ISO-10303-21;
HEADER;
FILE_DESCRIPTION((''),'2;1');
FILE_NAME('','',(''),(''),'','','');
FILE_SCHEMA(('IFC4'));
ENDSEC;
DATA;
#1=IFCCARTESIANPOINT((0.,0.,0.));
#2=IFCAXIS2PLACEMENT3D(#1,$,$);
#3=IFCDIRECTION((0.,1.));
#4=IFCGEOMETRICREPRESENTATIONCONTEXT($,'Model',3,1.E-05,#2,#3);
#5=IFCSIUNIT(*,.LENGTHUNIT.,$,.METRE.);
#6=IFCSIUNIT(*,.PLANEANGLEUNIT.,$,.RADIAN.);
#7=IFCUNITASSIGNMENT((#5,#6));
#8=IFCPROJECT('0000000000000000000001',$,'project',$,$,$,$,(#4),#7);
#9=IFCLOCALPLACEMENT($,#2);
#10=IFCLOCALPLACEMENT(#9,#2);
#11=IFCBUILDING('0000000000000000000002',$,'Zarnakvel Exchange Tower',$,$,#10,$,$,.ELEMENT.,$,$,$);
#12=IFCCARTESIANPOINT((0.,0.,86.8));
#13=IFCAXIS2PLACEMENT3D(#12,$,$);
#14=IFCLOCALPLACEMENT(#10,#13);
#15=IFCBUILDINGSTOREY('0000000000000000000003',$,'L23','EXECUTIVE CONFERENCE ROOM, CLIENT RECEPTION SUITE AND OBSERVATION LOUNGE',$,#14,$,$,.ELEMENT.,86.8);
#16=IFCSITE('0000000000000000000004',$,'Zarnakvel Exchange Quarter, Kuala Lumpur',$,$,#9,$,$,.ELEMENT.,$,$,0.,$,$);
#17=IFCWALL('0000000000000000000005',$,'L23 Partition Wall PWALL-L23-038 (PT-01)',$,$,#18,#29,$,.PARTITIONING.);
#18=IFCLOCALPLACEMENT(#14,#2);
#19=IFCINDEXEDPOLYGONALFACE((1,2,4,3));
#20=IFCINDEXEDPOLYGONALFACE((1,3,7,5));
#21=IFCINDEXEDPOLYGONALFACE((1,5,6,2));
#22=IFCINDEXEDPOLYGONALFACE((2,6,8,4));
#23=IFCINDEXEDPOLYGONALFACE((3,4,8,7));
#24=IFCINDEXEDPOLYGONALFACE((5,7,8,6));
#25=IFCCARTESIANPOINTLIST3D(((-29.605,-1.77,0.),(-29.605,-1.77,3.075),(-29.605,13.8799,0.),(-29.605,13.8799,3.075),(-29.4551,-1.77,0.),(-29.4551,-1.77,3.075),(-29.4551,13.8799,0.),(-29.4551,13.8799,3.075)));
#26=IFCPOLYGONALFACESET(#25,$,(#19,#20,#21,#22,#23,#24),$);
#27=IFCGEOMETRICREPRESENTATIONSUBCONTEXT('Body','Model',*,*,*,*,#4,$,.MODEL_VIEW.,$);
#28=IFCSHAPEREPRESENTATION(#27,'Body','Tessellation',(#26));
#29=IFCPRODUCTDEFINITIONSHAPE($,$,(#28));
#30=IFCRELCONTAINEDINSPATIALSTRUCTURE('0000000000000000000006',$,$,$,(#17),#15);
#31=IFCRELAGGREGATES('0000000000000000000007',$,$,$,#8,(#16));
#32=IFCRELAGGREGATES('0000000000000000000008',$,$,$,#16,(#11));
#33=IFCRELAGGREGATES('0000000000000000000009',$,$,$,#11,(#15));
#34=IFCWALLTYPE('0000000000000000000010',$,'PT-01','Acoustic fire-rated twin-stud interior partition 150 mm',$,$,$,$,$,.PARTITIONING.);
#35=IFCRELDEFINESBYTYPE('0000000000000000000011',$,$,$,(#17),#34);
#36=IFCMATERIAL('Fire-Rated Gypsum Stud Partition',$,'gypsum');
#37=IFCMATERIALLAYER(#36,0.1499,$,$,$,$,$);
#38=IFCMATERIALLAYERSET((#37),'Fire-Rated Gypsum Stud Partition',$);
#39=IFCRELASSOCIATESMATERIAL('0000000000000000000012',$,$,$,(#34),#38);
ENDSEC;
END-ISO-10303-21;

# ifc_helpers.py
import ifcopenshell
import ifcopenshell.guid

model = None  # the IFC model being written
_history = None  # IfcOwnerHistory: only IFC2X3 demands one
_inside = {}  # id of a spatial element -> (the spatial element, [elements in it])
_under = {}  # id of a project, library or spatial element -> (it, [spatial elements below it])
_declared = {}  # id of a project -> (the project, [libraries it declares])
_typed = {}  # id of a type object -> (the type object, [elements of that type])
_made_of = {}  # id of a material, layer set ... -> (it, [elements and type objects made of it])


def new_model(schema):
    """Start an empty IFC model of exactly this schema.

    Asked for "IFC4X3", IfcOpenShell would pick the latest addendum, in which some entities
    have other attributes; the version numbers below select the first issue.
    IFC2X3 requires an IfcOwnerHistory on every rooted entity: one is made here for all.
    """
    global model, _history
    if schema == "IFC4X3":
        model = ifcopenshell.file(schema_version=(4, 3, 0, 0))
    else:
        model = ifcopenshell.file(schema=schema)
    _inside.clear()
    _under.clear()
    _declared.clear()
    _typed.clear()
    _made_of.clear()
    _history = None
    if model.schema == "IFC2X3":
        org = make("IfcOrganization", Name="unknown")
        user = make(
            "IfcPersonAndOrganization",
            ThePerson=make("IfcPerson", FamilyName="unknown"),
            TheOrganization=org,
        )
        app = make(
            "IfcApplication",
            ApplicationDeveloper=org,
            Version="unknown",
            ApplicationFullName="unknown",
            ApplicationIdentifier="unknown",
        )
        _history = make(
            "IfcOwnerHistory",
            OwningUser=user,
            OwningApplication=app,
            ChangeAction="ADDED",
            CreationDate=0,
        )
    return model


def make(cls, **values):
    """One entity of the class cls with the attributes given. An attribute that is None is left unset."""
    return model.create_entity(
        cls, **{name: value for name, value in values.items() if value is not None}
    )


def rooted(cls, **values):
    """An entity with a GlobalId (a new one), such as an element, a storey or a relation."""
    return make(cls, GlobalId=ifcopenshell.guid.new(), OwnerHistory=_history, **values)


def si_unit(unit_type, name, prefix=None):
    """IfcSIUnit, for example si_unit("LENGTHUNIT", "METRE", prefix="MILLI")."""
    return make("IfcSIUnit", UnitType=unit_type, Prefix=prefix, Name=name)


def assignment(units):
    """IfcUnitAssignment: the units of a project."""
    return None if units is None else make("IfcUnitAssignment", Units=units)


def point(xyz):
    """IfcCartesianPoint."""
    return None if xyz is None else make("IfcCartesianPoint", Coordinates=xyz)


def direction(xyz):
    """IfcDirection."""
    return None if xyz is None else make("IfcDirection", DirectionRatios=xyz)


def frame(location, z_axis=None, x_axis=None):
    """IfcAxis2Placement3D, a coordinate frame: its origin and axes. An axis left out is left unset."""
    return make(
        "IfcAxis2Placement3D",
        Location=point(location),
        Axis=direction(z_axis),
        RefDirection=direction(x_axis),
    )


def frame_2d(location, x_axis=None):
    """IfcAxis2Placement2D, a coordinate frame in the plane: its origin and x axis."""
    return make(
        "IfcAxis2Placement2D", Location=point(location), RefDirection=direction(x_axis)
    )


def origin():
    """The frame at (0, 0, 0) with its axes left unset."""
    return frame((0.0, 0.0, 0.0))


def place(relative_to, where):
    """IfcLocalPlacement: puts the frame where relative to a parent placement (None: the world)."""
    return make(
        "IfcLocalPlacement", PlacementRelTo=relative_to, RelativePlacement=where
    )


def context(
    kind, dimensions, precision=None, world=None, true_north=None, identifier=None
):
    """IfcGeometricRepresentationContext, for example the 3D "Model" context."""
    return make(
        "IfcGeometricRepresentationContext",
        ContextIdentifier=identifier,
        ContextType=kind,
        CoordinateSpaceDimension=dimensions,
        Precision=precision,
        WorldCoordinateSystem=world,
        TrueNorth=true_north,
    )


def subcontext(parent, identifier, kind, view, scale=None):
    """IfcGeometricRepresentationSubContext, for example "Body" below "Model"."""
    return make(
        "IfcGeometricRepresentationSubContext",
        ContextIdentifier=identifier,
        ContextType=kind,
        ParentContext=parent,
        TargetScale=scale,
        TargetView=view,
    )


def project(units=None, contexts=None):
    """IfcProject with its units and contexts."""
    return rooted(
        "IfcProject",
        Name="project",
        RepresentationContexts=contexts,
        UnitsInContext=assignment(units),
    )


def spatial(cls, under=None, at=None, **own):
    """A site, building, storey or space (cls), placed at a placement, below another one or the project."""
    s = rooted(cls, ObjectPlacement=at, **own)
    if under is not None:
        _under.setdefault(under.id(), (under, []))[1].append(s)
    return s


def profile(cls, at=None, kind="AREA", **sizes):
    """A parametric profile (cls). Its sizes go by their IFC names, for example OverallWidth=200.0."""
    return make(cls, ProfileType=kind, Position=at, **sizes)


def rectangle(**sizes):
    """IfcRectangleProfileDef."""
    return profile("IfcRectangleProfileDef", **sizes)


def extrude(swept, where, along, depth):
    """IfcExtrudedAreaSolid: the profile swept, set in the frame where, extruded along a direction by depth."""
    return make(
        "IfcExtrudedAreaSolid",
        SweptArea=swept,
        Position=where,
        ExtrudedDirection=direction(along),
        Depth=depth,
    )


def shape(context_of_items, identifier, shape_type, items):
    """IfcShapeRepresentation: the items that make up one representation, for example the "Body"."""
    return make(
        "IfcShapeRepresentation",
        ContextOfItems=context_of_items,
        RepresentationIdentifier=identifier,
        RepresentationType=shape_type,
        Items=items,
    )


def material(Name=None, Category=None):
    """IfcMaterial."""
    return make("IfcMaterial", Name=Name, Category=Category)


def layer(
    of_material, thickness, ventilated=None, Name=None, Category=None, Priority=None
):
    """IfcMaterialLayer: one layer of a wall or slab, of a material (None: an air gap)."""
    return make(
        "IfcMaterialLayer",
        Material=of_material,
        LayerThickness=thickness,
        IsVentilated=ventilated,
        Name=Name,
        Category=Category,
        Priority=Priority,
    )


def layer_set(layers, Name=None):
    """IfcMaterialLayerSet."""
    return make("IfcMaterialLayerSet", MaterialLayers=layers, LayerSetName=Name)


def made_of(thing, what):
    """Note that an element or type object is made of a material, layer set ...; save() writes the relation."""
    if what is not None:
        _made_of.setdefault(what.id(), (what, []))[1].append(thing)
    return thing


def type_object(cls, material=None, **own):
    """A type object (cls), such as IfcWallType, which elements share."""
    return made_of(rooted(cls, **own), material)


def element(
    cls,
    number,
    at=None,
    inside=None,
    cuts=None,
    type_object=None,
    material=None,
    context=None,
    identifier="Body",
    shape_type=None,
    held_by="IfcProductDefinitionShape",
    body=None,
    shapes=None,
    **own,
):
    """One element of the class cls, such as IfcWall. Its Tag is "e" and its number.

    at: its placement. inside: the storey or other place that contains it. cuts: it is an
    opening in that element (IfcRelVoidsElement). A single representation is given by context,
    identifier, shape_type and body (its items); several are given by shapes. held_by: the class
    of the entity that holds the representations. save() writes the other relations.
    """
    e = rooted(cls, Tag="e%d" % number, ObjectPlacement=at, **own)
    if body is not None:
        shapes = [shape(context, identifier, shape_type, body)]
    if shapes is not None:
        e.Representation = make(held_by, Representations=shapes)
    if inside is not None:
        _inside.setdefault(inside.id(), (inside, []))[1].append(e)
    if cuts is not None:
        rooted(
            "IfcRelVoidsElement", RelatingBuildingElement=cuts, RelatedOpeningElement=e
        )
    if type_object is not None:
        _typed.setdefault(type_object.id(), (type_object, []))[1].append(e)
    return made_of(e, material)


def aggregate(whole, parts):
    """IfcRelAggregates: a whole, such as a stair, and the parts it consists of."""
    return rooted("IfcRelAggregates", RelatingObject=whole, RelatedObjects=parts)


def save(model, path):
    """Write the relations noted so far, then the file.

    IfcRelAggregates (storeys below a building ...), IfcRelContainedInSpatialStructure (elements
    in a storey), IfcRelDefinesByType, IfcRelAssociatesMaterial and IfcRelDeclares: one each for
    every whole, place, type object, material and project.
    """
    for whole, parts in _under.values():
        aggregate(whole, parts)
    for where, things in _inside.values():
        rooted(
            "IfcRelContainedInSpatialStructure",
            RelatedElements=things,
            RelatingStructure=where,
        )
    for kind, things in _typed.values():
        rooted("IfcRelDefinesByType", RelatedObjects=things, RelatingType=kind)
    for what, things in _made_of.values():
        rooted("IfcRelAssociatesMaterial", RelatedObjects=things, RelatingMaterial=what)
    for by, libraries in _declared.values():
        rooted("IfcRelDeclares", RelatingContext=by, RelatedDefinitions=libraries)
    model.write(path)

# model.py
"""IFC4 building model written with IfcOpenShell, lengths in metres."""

from ifc_helpers import new_model, si_unit, direction, frame, frame_2d, origin, place, context, subcontext, project, spatial, rectangle, extrude, material, layer, layer_set, type_object, element, save


model = new_model("IFC4")

# Units and contexts
model_context = context("Model", 3, precision=1e-05, world=origin(), true_north=direction((0.0, 1.0)))
body_context = subcontext(model_context, "Body", "Model", "MODEL_VIEW")
ifc_project = project(units=[si_unit("LENGTHUNIT", "METRE"), si_unit("PLANEANGLEUNIT", "RADIAN")], contexts=[model_context])

# Site, building, storey
site_placement = place(None, origin())
site = spatial("IfcSite", under=ifc_project, at=site_placement, Name="Zarnakvel Exchange Quarter, Kuala Lumpur", CompositionType="ELEMENT", RefElevation=0.0)
building_placement = place(site_placement, origin())
building = spatial("IfcBuilding", under=site, at=building_placement, Name="Zarnakvel Exchange Tower", CompositionType="ELEMENT")
storey_placement = place(building_placement, frame((0.0, 0.0, 86.8)))
storey = spatial("IfcBuildingStorey", under=building, at=storey_placement, Name="L23", Description="EXECUTIVE CONFERENCE ROOM, CLIENT RECEPTION SUITE AND OBSERVATION LOUNGE", CompositionType="ELEMENT", Elevation=86.8)

# Shared definitions
ifc_material_1 = material(Name="Fire-Rated Gypsum Stud Partition", Category="gypsum")
ifc_layer_1 = layer(ifc_material_1, 0.1499)
ifc_layer_set_1 = layer_set([ifc_layer_1], Name="Fire-Rated Gypsum Stud Partition")
wall_type = type_object("IfcWallType", Name="PT-01", Description="Acoustic fire-rated twin-stud interior partition 150 mm", PredefinedType="PARTITIONING", material=ifc_layer_set_1)

# Wall
wall_1_placement = place(storey_placement, frame((-29.53, -1.77, 0.0), z_axis=(0.0, 0.0, 1.0), x_axis=(0.0, 1.0, 0.0)))
element("IfcWall", 1, at=wall_1_placement, inside=storey, type_object=wall_type, Name="L23 Partition Wall PWALL-L23-038 (PT-01)", PredefinedType="PARTITIONING", context=body_context, shape_type="SweptSolid", body=[
    extrude(rectangle(XDim=15.6499, YDim=0.1499, at=frame_2d((7.825, 0.0))), origin(), (0.0, 0.0, 1.0), 3.075),
])

save(model, "model.ifc")
